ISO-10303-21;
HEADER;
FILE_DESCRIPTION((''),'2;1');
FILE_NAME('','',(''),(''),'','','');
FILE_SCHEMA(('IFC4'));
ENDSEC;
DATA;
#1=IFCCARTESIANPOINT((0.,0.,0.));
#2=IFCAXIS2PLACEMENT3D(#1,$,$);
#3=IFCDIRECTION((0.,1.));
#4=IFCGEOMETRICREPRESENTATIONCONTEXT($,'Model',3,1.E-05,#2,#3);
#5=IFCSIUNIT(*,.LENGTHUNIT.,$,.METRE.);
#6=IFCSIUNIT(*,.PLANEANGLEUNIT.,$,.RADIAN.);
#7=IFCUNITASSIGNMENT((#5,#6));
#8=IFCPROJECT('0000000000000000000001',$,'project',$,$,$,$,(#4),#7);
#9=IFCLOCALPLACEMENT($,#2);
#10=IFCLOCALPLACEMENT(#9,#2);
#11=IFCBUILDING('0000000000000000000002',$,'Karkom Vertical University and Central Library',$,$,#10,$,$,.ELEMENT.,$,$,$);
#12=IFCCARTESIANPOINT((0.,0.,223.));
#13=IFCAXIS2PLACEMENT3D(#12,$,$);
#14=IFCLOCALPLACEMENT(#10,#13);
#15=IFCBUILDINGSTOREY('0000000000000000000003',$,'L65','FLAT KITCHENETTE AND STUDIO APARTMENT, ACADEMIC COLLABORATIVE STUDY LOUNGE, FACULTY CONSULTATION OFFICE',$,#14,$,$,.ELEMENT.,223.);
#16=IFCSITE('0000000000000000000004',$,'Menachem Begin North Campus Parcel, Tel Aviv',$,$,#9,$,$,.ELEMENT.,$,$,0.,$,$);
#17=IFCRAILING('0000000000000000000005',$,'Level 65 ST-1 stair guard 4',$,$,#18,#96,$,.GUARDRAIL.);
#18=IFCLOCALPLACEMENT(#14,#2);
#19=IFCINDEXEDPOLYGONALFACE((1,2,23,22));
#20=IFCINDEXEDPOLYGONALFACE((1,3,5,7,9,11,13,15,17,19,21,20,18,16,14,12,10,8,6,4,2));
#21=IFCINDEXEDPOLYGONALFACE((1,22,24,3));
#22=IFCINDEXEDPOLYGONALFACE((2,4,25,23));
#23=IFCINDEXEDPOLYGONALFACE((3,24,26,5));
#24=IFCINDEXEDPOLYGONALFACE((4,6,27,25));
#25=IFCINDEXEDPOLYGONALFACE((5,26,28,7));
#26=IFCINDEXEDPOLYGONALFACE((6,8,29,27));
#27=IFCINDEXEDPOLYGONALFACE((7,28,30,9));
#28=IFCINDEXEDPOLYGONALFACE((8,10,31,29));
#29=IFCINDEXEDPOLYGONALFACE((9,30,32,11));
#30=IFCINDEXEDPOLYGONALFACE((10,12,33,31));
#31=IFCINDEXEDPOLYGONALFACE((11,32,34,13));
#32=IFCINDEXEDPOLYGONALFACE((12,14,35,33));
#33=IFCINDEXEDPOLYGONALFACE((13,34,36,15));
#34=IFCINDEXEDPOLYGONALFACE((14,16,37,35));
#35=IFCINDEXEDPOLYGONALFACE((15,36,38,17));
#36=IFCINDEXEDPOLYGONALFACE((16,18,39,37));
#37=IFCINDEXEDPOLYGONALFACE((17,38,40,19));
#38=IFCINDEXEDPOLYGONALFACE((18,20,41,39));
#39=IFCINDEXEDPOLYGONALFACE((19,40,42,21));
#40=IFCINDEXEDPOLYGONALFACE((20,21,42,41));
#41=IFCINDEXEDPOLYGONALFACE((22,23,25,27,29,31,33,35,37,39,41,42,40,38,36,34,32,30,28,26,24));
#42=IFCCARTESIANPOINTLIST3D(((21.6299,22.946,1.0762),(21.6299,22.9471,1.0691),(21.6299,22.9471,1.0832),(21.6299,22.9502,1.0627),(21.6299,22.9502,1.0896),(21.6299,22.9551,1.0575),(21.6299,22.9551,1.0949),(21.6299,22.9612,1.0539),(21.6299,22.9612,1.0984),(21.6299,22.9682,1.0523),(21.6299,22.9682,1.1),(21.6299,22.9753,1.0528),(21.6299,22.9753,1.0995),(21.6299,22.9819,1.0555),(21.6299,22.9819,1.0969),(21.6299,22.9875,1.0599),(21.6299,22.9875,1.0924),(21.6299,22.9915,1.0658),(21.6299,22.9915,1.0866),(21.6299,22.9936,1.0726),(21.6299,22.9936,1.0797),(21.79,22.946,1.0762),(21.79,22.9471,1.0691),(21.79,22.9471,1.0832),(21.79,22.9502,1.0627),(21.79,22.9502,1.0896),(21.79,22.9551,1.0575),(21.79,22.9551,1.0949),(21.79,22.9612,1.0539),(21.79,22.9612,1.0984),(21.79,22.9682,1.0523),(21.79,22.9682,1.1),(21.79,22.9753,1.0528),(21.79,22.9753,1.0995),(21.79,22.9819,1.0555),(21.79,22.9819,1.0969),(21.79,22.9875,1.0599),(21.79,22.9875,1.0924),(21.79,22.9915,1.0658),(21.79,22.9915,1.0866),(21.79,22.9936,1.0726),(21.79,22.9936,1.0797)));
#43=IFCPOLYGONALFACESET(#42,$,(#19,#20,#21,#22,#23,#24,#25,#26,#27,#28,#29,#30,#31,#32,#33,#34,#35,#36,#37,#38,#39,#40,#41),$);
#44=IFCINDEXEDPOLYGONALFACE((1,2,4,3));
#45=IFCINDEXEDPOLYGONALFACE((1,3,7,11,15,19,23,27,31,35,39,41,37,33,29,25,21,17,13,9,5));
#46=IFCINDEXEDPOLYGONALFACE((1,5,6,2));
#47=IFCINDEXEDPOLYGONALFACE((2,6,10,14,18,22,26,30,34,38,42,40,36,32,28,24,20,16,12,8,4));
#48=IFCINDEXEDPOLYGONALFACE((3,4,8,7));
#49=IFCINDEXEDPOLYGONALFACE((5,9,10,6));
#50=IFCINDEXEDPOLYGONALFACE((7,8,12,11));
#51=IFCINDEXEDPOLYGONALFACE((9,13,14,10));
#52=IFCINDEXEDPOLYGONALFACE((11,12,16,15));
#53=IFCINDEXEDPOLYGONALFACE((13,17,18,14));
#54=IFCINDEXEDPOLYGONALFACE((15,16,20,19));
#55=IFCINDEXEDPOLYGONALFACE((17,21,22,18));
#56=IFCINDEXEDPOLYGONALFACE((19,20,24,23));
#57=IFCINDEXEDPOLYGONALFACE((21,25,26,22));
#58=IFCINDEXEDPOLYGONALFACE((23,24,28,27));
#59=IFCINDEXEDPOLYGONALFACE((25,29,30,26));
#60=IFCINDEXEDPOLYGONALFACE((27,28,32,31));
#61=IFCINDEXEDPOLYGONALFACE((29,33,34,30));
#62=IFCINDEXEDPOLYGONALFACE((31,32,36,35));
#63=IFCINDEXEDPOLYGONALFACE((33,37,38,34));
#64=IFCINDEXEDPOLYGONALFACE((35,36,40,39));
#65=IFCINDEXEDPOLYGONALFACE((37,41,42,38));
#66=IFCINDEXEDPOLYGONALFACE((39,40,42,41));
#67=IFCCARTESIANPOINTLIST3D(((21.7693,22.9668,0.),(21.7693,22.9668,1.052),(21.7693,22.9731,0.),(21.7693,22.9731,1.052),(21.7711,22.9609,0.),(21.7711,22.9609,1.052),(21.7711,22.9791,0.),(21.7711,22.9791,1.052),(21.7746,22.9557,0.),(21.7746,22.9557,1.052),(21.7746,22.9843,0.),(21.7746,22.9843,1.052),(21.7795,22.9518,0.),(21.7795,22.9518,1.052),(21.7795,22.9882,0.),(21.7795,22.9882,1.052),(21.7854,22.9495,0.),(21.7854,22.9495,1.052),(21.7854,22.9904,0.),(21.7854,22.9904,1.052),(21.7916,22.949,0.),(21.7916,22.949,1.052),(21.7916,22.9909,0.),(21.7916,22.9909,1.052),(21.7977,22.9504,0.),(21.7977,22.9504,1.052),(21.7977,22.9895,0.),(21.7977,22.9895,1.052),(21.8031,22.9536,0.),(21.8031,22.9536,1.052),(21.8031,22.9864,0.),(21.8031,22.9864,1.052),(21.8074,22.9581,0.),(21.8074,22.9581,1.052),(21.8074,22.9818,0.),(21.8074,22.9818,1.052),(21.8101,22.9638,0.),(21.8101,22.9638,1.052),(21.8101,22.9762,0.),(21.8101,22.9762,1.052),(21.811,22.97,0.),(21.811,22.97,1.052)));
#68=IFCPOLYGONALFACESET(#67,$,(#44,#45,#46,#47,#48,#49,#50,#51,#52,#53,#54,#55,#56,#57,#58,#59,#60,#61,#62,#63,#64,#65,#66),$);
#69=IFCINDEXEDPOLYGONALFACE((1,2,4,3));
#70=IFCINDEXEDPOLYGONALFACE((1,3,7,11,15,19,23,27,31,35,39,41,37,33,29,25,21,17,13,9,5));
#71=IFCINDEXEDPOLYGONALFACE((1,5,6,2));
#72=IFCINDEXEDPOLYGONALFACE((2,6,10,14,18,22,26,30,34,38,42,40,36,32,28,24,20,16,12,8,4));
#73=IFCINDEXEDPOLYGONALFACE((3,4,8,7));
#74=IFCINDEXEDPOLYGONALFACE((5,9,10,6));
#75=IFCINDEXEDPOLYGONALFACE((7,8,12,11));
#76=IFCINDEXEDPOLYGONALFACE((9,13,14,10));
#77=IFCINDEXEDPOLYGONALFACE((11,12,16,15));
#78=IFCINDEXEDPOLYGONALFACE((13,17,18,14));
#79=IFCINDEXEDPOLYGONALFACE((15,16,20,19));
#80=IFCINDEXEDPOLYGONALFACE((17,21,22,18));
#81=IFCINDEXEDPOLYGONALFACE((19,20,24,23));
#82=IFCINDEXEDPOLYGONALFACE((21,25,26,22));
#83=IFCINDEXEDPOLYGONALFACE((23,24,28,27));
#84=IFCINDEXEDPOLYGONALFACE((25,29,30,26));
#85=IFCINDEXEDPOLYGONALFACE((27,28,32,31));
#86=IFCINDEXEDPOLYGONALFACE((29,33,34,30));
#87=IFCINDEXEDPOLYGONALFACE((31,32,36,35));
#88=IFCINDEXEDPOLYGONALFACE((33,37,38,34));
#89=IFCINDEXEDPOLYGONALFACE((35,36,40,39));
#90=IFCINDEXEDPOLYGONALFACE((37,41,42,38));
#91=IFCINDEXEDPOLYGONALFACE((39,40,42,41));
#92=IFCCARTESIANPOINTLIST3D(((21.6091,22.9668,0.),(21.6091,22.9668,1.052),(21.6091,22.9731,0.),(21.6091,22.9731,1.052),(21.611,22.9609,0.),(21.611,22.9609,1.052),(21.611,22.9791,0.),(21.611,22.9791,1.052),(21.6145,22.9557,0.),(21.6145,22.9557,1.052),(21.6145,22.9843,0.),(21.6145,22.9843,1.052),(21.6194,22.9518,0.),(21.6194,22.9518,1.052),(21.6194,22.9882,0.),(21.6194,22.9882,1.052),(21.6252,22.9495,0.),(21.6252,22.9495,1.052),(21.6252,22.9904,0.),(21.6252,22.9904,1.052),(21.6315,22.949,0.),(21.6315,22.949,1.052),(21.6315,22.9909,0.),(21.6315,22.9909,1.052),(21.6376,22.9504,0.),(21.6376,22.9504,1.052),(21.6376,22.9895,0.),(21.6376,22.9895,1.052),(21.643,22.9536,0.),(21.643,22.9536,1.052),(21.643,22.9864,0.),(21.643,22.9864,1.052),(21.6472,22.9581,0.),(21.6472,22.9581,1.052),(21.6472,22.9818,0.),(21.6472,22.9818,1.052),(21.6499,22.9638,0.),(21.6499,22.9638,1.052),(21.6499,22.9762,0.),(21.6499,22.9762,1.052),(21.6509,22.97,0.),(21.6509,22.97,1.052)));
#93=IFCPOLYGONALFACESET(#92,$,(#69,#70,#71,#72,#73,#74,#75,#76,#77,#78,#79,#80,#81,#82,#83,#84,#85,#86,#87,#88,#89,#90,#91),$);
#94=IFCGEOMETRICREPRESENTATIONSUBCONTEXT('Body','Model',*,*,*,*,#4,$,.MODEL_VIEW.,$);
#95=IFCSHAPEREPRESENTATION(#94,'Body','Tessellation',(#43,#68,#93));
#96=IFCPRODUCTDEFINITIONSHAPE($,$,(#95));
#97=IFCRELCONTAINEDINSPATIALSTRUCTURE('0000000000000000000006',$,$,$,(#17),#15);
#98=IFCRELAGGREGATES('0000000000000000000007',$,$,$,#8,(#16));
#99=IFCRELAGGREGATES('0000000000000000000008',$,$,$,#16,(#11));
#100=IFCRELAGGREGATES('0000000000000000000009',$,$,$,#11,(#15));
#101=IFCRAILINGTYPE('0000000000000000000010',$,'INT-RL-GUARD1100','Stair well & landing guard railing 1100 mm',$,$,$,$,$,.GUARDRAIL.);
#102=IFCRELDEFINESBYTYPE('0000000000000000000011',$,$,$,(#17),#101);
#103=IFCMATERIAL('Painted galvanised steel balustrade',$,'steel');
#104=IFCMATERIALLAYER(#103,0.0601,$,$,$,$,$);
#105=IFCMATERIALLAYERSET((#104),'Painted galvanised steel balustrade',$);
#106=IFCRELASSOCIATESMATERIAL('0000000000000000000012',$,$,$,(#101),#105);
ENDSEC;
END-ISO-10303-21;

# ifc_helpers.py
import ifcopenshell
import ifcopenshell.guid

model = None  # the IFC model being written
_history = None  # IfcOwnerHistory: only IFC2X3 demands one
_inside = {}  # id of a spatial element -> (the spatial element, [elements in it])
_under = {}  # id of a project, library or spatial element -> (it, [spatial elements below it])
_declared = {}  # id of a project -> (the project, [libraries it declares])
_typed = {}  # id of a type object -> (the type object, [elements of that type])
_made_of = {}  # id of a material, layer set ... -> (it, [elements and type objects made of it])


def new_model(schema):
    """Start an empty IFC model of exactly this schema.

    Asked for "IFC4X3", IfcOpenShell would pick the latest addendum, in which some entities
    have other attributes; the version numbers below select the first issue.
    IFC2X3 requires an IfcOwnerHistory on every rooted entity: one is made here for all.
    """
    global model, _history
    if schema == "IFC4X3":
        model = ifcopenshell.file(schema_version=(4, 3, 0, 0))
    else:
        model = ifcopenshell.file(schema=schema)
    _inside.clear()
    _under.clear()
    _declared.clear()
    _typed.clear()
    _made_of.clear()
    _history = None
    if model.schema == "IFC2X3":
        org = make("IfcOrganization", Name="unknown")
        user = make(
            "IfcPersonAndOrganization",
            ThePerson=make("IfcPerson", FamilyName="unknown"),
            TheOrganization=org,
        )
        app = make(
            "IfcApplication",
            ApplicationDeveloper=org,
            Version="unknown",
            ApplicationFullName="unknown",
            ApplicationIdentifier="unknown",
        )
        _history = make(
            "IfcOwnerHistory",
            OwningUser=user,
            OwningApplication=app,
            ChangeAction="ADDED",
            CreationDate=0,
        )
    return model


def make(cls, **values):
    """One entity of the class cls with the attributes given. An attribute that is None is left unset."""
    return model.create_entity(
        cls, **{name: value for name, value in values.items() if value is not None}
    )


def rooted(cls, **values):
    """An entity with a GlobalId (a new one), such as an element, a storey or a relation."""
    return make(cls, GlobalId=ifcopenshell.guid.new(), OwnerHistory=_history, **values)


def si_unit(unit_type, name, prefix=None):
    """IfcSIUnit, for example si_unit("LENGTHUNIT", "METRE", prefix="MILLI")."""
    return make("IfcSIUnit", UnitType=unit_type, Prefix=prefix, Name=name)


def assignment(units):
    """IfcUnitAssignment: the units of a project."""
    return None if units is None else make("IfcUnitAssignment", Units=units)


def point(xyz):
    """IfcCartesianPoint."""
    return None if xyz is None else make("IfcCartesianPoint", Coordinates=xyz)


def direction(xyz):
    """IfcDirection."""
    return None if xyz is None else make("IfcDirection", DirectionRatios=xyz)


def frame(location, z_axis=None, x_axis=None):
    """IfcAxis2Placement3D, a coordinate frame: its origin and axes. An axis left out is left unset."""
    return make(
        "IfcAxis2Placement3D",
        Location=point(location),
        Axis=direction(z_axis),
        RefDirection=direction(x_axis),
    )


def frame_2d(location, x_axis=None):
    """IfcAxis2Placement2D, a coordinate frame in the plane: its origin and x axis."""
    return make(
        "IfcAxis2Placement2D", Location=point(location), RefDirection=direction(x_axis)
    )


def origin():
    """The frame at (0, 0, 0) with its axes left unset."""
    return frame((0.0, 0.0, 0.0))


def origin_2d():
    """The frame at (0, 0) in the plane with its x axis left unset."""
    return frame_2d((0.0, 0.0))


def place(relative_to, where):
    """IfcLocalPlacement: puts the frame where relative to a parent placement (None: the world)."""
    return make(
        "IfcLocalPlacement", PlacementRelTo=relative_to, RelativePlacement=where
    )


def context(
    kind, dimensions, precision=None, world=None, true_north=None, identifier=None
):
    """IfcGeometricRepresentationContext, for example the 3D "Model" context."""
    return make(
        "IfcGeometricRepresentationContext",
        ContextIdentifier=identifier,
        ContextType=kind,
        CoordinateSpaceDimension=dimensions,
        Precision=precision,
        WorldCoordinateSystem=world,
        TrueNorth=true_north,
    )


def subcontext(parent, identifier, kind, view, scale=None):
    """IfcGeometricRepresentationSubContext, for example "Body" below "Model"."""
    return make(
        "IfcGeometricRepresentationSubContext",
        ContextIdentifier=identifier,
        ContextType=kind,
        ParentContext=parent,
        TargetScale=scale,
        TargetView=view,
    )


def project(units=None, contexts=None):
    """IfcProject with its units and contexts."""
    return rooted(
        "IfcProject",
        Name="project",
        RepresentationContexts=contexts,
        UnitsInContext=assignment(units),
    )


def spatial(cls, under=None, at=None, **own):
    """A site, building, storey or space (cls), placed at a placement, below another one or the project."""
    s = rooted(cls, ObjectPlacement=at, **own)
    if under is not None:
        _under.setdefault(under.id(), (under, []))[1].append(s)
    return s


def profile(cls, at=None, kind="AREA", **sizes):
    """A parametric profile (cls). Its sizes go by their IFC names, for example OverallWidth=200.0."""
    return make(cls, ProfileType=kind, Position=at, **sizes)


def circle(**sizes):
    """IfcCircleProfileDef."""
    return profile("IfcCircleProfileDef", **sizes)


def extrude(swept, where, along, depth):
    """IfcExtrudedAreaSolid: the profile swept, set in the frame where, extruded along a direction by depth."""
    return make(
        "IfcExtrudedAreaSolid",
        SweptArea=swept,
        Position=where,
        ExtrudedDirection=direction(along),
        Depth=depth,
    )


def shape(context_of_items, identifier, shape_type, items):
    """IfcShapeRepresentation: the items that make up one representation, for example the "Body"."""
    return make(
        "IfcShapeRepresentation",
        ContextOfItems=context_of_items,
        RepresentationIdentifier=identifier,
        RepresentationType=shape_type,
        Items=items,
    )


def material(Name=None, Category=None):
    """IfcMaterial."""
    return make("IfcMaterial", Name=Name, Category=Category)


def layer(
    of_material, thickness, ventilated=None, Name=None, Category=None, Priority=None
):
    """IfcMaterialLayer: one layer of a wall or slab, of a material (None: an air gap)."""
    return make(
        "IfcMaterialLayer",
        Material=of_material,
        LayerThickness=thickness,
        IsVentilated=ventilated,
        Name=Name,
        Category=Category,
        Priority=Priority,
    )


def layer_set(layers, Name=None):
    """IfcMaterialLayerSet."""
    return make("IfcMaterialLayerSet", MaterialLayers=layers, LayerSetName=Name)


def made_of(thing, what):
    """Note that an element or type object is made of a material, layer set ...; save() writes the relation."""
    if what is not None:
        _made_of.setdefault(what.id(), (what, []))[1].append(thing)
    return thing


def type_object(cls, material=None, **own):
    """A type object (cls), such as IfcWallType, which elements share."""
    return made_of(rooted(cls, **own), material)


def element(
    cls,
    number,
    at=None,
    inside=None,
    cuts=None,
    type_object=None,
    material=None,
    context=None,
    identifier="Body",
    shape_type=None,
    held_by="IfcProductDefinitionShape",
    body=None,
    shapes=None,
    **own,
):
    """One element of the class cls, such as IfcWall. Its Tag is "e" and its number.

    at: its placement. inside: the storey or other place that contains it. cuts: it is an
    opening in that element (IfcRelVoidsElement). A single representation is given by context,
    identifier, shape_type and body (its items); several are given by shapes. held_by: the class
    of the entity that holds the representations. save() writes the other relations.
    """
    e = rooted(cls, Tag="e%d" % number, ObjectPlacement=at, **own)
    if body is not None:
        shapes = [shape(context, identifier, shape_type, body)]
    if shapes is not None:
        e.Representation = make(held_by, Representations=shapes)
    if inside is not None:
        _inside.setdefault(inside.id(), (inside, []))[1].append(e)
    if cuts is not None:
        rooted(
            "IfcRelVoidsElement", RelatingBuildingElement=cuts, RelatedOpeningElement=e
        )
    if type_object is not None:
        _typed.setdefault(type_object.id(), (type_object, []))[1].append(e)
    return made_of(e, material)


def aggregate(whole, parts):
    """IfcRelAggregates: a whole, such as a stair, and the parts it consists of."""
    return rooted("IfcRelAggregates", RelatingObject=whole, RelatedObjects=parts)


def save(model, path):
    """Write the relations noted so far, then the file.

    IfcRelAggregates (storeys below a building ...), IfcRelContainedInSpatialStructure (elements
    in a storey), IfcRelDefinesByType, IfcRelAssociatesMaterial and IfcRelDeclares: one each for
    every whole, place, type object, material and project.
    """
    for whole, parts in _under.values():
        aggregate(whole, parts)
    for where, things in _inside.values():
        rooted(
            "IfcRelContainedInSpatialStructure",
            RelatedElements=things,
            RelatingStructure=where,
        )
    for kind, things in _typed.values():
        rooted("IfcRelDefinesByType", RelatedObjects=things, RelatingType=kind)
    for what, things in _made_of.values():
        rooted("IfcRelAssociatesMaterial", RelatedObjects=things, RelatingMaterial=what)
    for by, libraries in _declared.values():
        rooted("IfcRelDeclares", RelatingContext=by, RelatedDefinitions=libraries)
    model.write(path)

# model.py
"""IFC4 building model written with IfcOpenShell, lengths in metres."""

from ifc_helpers import new_model, si_unit, direction, frame, origin, origin_2d, place, context, subcontext, project, spatial, circle, extrude, material, layer, layer_set, type_object, element, save


model = new_model("IFC4")

# Units and contexts
model_context = context("Model", 3, precision=1e-05, world=origin(), true_north=direction((0.0, 1.0)))
body_context = subcontext(model_context, "Body", "Model", "MODEL_VIEW")
ifc_project = project(units=[si_unit("LENGTHUNIT", "METRE"), si_unit("PLANEANGLEUNIT", "RADIAN")], contexts=[model_context])

# Site, building, storey
site_placement = place(None, origin())
site = spatial("IfcSite", under=ifc_project, at=site_placement, Name="Menachem Begin North Campus Parcel, Tel Aviv", CompositionType="ELEMENT", RefElevation=0.0)
building_placement = place(site_placement, origin())
building = spatial("IfcBuilding", under=site, at=building_placement, Name="Karkom Vertical University and Central Library", CompositionType="ELEMENT")
storey_placement = place(building_placement, frame((0.0, 0.0, 223.0)))
storey = spatial("IfcBuildingStorey", under=building, at=storey_placement, Name="L65", Description="FLAT KITCHENETTE AND STUDIO APARTMENT, ACADEMIC COLLABORATIVE STUDY LOUNGE, FACULTY CONSULTATION OFFICE", CompositionType="ELEMENT", Elevation=223.0)

# Railing
ifc_material_1 = material(Name="Painted galvanised steel balustrade", Category="steel")
ifc_layer_1 = layer(ifc_material_1, 0.0601)
ifc_layer_set_1 = layer_set([ifc_layer_1], Name="Painted galvanised steel balustrade")
railing_type_1 = type_object("IfcRailingType", Name="INT-RL-GUARD1100", Description="Stair well & landing guard railing 1100 mm", PredefinedType="GUARDRAIL", material=ifc_layer_set_1)
railing_1_placement = place(storey_placement, frame((21.79, 22.97, 0.0)))
element("IfcRailing", 1, at=railing_1_placement, inside=storey, type_object=railing_type_1, Name="Level 65 ST-1 stair guard 4", PredefinedType="GUARDRAIL", context=body_context, shape_type="SweptSolid", body=[
    extrude(circle(Radius=0.0239, at=origin_2d()), frame((0.0, 0.0, 1.0762), z_axis=(-1.0, 0.0, 0.0), x_axis=(0.0, -1.0, 0.0)), (0.0, 0.0, 1.0), 0.1602),
    extrude(circle(Radius=0.021, at=origin_2d()), origin(), (0.0, 0.0, 1.0), 1.052),
    extrude(circle(Radius=0.021, at=origin_2d()), frame((-0.1602, 0.0, 0.0)), (0.0, 0.0, 1.0), 1.052),
])

save(model, "model.ifc")
